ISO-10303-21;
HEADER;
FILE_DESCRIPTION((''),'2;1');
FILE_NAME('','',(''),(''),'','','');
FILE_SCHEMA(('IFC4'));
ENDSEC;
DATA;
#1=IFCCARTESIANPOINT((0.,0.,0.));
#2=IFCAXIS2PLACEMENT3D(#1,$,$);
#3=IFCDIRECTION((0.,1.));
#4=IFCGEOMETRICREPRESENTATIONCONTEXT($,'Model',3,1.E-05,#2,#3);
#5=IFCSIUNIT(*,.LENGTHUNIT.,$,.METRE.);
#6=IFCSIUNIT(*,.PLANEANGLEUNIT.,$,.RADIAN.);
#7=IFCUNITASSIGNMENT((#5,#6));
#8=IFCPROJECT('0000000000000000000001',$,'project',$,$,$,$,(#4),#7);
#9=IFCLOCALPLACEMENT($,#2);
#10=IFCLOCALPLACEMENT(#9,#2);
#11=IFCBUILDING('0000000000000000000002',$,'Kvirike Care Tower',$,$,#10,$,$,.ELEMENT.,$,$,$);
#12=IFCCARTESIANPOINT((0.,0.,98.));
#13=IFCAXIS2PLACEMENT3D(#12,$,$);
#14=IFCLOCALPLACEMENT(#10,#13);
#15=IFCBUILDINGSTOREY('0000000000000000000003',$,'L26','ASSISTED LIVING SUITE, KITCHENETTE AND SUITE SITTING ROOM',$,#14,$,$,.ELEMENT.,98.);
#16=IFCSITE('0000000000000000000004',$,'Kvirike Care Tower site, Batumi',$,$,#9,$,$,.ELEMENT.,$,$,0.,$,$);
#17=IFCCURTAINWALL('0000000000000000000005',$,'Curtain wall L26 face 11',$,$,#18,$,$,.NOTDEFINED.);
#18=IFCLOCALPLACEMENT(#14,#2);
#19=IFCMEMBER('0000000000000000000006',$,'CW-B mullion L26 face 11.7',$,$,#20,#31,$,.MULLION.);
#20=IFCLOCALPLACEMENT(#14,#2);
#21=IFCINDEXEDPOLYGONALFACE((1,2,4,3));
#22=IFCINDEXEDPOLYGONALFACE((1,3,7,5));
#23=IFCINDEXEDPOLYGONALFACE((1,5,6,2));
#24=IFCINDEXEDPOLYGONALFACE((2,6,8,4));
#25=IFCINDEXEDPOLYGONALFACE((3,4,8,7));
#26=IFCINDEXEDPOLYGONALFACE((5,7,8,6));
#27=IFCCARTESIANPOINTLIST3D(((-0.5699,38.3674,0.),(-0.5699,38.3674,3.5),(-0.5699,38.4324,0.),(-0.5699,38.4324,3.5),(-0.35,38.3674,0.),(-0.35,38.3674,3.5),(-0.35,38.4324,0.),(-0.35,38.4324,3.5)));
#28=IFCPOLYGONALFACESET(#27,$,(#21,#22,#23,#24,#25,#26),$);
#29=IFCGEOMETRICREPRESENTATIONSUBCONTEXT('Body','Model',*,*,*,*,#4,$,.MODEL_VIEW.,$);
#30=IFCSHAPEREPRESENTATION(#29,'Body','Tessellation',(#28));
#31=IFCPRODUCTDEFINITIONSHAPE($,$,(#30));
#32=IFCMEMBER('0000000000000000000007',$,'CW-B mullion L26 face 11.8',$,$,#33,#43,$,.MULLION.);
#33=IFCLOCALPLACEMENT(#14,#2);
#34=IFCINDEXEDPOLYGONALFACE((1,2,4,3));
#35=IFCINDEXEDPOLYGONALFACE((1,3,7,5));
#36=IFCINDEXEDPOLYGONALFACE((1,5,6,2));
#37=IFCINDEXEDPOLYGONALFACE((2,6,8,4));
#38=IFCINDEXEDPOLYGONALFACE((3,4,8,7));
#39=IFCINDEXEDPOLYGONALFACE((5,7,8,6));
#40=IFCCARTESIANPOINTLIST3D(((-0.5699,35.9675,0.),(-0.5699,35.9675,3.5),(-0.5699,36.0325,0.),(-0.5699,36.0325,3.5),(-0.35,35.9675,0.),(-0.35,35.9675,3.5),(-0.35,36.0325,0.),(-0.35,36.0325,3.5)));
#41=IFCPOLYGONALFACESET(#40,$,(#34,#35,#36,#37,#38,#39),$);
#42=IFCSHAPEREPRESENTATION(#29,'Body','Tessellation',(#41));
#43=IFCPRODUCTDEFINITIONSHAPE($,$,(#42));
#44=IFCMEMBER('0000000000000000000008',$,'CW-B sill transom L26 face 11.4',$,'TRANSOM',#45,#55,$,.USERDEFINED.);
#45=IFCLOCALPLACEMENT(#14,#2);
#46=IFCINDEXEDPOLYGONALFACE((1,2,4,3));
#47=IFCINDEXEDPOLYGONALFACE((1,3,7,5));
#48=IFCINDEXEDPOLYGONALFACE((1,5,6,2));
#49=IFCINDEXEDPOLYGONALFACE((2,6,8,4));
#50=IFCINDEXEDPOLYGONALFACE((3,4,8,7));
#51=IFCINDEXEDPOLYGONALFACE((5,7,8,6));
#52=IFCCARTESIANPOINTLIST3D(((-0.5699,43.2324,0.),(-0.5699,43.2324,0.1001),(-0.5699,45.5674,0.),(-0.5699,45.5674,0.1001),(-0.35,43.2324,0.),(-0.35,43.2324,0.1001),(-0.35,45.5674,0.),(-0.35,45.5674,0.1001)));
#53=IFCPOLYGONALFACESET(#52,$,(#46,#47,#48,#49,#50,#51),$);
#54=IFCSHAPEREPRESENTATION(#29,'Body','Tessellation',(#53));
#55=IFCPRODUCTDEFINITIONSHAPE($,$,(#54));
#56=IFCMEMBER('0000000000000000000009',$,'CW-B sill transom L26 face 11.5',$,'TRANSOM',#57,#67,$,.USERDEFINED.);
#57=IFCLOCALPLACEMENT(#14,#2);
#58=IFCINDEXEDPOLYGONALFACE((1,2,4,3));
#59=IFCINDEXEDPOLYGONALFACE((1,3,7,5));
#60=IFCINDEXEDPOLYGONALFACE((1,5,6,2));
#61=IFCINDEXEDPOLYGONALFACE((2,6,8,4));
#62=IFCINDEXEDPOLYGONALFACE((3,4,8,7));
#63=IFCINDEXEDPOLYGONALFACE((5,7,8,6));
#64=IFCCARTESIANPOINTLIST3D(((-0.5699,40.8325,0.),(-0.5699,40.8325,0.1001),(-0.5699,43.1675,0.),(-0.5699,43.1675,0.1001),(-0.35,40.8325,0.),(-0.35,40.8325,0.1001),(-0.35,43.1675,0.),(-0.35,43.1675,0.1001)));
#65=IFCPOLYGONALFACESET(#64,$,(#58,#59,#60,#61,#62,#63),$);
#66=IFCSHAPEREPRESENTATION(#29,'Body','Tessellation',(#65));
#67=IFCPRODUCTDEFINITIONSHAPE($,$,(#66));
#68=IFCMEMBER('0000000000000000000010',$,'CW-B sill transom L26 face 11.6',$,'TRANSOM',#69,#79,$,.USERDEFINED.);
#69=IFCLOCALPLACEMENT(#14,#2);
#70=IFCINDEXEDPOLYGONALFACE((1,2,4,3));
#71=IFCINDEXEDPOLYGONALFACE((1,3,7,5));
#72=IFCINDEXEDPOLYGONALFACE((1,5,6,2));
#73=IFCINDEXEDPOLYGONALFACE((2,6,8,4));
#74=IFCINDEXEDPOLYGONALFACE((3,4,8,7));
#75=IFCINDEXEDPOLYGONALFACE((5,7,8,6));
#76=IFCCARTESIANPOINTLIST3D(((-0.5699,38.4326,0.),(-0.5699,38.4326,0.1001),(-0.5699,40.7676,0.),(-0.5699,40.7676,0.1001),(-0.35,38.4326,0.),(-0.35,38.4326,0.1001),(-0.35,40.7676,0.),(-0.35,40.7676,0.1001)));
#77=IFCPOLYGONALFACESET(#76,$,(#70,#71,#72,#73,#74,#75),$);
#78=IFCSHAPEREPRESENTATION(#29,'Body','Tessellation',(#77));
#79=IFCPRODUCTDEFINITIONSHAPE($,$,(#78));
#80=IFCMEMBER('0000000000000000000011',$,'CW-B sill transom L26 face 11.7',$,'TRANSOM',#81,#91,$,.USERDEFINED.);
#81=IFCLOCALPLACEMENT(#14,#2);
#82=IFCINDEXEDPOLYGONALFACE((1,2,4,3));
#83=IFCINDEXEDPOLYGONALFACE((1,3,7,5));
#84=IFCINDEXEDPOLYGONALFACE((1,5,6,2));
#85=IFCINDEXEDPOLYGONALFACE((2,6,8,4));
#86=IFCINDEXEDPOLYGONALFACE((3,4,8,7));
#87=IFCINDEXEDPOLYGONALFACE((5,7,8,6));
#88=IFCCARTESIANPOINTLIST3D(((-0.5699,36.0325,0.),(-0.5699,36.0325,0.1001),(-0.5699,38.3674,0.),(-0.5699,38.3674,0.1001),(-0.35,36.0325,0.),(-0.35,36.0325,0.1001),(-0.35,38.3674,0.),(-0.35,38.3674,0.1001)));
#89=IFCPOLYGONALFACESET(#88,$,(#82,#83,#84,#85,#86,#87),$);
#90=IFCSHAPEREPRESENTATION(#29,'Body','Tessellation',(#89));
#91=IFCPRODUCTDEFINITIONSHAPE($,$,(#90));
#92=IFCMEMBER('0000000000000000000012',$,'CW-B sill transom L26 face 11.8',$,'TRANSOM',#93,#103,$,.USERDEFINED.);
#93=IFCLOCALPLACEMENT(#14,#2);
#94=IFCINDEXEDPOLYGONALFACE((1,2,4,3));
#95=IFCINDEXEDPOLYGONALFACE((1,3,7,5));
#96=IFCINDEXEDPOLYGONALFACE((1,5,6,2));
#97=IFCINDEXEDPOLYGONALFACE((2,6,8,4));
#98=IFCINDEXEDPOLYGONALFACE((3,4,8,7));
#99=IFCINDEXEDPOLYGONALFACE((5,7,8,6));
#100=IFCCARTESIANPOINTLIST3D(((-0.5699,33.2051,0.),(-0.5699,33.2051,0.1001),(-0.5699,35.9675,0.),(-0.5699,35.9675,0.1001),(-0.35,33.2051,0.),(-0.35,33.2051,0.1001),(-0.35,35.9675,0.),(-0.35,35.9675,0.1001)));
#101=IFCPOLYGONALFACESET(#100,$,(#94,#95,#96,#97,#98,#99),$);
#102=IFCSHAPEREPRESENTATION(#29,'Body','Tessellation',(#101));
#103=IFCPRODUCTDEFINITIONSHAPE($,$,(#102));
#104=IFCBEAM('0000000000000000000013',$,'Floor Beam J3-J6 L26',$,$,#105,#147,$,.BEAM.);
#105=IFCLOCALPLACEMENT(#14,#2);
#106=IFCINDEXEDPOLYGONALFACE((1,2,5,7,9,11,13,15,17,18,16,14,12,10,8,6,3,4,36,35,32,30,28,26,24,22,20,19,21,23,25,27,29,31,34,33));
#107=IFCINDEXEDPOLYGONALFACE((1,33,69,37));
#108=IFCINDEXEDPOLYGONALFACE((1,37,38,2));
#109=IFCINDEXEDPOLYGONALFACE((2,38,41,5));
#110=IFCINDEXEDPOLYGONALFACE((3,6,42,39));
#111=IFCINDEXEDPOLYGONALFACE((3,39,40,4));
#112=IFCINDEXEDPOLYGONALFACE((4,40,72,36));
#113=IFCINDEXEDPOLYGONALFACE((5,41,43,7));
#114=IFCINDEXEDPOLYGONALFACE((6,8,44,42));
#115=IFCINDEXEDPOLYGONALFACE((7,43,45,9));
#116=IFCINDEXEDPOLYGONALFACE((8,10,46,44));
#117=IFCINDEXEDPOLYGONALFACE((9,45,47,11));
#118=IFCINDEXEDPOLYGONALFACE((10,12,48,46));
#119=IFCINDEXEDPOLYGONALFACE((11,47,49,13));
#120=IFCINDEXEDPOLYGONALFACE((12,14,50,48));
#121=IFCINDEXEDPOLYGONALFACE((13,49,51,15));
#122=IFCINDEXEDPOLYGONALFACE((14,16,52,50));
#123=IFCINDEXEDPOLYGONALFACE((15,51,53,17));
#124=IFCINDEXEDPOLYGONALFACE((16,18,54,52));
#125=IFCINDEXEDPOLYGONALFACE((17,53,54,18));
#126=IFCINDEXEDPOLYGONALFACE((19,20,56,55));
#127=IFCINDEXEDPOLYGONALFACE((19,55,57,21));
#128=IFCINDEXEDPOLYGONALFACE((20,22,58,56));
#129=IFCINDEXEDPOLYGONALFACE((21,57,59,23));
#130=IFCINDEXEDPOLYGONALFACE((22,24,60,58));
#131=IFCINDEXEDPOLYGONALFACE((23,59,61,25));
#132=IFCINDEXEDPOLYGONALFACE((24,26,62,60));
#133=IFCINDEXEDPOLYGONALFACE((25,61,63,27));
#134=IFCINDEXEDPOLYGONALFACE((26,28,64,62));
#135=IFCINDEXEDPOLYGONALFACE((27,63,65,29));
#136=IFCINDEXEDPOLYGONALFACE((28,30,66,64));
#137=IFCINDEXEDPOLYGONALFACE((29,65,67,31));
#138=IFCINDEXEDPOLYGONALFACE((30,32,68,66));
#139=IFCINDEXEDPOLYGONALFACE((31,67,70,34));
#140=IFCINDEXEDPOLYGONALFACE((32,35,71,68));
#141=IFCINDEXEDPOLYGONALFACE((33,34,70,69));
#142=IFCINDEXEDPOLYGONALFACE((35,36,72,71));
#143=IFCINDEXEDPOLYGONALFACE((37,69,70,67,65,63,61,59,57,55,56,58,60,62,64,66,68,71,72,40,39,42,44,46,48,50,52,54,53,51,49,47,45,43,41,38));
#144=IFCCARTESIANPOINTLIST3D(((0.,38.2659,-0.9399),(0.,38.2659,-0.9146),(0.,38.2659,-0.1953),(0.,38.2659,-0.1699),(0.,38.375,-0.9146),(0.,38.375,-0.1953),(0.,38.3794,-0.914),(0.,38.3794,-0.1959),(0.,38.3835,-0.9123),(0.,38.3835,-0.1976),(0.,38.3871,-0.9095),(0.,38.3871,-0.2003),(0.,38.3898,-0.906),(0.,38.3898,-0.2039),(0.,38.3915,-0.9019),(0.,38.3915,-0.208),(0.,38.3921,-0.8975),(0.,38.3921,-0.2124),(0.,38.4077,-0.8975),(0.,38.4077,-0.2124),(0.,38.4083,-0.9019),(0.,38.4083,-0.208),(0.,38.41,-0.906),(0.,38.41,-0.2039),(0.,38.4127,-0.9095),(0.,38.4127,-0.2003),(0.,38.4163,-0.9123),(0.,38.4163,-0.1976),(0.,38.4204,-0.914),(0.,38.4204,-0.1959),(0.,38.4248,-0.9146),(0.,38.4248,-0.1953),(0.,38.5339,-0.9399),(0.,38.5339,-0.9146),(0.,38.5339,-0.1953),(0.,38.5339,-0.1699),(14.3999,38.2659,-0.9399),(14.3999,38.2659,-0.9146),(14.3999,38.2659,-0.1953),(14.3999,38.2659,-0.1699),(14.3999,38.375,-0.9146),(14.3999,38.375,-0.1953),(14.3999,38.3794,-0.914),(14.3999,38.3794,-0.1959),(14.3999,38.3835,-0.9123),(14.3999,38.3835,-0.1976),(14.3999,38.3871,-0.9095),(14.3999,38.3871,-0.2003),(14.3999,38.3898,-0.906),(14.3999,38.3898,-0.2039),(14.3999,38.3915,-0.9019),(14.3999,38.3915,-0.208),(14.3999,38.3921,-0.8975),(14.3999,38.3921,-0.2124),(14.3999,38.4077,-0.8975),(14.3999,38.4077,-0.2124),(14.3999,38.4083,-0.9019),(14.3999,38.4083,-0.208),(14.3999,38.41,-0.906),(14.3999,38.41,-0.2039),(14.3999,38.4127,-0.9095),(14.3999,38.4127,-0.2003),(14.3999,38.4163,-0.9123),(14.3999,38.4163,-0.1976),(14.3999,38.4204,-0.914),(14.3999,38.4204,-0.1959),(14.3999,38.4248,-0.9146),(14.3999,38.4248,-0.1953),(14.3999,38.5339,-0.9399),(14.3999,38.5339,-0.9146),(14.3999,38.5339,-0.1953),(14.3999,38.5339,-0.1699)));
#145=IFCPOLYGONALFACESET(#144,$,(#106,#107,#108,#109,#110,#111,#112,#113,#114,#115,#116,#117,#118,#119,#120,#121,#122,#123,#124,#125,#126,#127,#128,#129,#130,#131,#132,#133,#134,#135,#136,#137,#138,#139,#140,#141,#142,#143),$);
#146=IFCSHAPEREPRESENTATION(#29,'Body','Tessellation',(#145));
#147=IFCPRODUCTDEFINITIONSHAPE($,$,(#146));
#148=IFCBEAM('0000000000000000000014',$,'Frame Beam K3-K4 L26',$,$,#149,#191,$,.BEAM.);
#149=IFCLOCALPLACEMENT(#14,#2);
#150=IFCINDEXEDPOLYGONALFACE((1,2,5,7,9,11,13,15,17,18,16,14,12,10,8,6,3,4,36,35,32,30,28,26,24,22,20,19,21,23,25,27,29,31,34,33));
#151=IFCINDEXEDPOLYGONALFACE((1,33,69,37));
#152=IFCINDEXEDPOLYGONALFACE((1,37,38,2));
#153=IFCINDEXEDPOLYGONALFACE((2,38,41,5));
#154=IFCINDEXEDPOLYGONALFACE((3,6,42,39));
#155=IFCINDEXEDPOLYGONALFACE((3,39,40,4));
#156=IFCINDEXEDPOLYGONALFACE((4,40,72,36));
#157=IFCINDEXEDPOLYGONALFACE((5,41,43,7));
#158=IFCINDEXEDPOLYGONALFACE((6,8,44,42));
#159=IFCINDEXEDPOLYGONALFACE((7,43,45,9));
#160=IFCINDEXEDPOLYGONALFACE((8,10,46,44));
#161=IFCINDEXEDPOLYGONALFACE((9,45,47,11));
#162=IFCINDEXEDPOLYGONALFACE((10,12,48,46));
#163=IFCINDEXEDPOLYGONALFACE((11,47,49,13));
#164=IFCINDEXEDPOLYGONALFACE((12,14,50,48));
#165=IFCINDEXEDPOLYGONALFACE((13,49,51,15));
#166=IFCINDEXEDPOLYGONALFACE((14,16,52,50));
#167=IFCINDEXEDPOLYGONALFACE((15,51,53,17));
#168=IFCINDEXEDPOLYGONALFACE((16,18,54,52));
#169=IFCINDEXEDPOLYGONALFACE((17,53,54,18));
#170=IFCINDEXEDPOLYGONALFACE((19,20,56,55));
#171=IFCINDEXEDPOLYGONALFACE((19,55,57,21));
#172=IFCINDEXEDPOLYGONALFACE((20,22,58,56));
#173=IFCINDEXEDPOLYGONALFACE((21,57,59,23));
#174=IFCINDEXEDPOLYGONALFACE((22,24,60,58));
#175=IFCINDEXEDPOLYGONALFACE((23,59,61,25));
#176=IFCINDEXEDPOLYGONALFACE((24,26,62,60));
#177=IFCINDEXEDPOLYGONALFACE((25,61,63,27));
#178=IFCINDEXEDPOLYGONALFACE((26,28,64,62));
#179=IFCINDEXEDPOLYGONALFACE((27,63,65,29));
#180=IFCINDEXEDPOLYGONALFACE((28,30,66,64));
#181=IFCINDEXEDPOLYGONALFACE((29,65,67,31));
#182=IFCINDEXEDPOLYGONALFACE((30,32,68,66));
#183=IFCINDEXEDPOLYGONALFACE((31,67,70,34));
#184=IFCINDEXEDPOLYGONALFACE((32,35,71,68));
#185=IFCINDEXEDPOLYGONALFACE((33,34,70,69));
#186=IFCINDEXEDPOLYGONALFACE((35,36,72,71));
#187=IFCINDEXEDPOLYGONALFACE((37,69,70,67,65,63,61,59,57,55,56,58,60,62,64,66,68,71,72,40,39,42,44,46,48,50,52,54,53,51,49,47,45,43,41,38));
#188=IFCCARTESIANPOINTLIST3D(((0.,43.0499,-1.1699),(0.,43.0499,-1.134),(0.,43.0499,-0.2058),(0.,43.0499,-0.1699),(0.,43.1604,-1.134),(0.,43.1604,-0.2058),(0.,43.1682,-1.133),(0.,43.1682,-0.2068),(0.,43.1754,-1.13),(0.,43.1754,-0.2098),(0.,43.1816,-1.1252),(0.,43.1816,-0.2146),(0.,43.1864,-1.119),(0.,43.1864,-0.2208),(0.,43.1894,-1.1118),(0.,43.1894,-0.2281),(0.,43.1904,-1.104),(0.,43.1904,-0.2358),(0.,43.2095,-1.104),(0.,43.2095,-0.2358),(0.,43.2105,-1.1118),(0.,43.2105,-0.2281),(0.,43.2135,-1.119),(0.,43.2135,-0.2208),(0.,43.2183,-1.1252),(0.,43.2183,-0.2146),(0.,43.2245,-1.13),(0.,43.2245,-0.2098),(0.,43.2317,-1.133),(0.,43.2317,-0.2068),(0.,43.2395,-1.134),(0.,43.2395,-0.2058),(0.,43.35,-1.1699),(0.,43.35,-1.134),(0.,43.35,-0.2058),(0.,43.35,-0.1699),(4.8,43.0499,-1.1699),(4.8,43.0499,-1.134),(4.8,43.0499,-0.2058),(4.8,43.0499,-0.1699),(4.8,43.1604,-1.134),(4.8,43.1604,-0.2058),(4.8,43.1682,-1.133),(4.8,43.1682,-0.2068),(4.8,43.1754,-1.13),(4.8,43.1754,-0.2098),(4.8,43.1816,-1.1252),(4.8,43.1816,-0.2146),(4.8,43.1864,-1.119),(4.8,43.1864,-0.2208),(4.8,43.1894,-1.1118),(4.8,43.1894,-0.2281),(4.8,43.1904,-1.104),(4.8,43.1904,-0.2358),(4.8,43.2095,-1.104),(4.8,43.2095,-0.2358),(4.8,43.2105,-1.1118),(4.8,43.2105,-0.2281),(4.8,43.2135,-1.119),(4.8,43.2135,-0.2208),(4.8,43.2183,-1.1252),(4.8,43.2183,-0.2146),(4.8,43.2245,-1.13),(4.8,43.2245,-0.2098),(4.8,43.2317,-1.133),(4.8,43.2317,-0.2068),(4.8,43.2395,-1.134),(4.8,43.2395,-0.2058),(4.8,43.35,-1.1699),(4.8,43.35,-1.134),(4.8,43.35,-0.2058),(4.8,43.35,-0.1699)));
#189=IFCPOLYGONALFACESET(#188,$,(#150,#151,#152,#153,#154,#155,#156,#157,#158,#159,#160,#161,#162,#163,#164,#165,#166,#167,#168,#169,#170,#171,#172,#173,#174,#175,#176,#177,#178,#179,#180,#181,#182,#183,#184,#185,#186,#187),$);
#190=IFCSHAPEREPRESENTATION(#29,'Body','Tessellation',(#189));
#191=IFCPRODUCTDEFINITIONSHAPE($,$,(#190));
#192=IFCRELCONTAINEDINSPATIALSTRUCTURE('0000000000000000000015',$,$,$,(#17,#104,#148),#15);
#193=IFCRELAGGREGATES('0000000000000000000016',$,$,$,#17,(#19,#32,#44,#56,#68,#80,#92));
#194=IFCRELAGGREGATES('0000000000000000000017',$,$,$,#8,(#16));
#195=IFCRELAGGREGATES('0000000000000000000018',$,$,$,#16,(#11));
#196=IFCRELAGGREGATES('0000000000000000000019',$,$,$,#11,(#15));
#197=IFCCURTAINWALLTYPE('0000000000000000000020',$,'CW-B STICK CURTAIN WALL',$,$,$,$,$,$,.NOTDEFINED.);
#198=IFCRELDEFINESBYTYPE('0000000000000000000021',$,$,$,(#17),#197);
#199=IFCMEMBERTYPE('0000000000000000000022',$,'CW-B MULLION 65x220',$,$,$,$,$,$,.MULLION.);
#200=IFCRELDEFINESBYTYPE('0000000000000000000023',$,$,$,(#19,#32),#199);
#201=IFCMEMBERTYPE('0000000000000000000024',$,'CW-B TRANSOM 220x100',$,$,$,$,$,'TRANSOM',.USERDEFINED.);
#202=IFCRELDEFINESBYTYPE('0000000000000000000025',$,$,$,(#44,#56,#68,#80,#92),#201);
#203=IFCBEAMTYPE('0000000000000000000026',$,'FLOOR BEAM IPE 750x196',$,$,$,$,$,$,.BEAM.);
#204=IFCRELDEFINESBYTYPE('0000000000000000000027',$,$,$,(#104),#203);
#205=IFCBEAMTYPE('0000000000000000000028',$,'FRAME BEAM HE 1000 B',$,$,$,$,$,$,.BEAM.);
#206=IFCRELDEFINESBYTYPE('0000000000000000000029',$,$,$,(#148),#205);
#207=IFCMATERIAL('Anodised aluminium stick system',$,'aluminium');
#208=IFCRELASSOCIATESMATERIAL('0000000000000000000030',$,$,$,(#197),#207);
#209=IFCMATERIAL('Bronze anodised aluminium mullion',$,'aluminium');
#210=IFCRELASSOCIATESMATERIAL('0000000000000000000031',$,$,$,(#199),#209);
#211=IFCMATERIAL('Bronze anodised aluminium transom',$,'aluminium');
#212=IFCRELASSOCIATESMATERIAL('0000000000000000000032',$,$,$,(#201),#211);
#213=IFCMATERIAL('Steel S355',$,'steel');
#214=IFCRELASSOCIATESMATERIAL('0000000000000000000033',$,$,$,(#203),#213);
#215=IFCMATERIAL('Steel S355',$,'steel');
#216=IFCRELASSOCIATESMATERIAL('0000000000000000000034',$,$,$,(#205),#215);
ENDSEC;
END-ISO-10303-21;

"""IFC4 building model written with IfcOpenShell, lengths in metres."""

from ifc_helpers import new_model, si_unit, direction, frame, origin, origin_2d, place, context, subcontext, project, spatial, rectangle, i_section, extrude, material, material_profile, profile_set, type_object, element, aggregate, save


model = new_model("IFC4")

# Units and contexts
model_context = context("Model", 3, precision=1e-05, world=origin(), true_north=direction((0.0, 1.0)))
body_context = subcontext(model_context, "Body", "Model", "MODEL_VIEW")
ifc_project = project(units=[si_unit("LENGTHUNIT", "METRE"), si_unit("PLANEANGLEUNIT", "RADIAN")], contexts=[model_context])

# Site, building, storey
site_placement = place(None, origin())
site = spatial("IfcSite", under=ifc_project, at=site_placement, Name="Kvirike Care Tower site, Batumi", CompositionType="ELEMENT", RefElevation=0.0)
building_placement = place(site_placement, origin())
building = spatial("IfcBuilding", under=site, at=building_placement, Name="Kvirike Care Tower", CompositionType="ELEMENT")
storey_placement = place(building_placement, frame((0.0, 0.0, 98.0)))
storey = spatial("IfcBuildingStorey", under=building, at=storey_placement, Name="L26", Description="ASSISTED LIVING SUITE, KITCHENETTE AND SUITE SITTING ROOM", CompositionType="ELEMENT", Elevation=98.0)

# Curtain wall, members
ifc_material_1 = material(Name="Anodised aluminium stick system", Category="aluminium")
curtain_wall_type = type_object("IfcCurtainWallType", Name="CW-B STICK CURTAIN WALL", PredefinedType="NOTDEFINED", material=ifc_material_1)
curtain_wall_placement = place(storey_placement, origin())
curtain_wall = element("IfcCurtainWall", 1, at=curtain_wall_placement, inside=storey, type_object=curtain_wall_type, Name="Curtain wall L26 face 11", PredefinedType="NOTDEFINED")
ifc_material_2 = material(Name="Bronze anodised aluminium mullion", Category="aluminium")
ifc_material_profile_1 = material_profile(ifc_material_2, rectangle(XDim=0.0649, YDim=0.22, at=origin_2d()), Name="CW-B MULLION 65x220")
ifc_profile_set_1 = profile_set([ifc_material_profile_1], Name="Bronze anodised aluminium mullion")
member_type_1 = type_object("IfcMemberType", Name="CW-B MULLION 65x220", PredefinedType="MULLION", material=ifc_profile_set_1)
member_1_placement = place(storey_placement, frame((-0.46, 38.3999, 0.0), z_axis=(0.0, 0.0, 1.0), x_axis=(0.0, -1.0, 0.0)))
member_1 = element("IfcMember", 2, at=member_1_placement, type_object=member_type_1, Name="CW-B mullion L26 face 11.7", PredefinedType="MULLION", context=body_context, shape_type="SweptSolid", body=[
    extrude(rectangle(XDim=0.0649, YDim=0.22, at=origin_2d()), origin(), (0.0, 0.0, 1.0), 3.5),
])
member_2_placement = place(storey_placement, frame((-0.46, 36.0, 0.0), z_axis=(0.0, 0.0, 1.0), x_axis=(0.0, -1.0, 0.0)))
member_2 = element("IfcMember", 3, at=member_2_placement, type_object=member_type_1, Name="CW-B mullion L26 face 11.8", PredefinedType="MULLION", context=body_context, shape_type="SweptSolid", body=[
    extrude(rectangle(XDim=0.0649, YDim=0.22, at=origin_2d()), origin(), (0.0, 0.0, 1.0), 3.5),
])
ifc_material_3 = material(Name="Bronze anodised aluminium transom", Category="aluminium")
ifc_material_profile_2 = material_profile(ifc_material_3, rectangle(XDim=0.22, YDim=0.1001, at=origin_2d()), Name="CW-B TRANSOM 220x100")
ifc_profile_set_2 = profile_set([ifc_material_profile_2], Name="Bronze anodised aluminium transom")
member_type_2 = type_object("IfcMemberType", Name="CW-B TRANSOM 220x100", ElementType="TRANSOM", PredefinedType="USERDEFINED", material=ifc_profile_set_2)
member_3_placement = place(storey_placement, frame((-0.46, 45.5674, 0.05), z_axis=(0.0, -1.0, 0.0), x_axis=(1.0, 0.0, 0.0)))
member_3 = element("IfcMember", 4, at=member_3_placement, type_object=member_type_2, Name="CW-B sill transom L26 face 11.4", ObjectType="TRANSOM", PredefinedType="USERDEFINED", context=body_context, shape_type="SweptSolid", body=[
    extrude(rectangle(XDim=0.22, YDim=0.1001, at=origin_2d()), origin(), (0.0, 0.0, 1.0), 2.335),
])
member_4_placement = place(storey_placement, frame((-0.46, 43.1675, 0.05), z_axis=(0.0, -1.0, 0.0), x_axis=(1.0, 0.0, 0.0)))
member_4 = element("IfcMember", 5, at=member_4_placement, type_object=member_type_2, Name="CW-B sill transom L26 face 11.5", ObjectType="TRANSOM", PredefinedType="USERDEFINED", context=body_context, shape_type="SweptSolid", body=[
    extrude(rectangle(XDim=0.22, YDim=0.1001, at=origin_2d()), origin(), (0.0, 0.0, 1.0), 2.335),
])
member_5_placement = place(storey_placement, frame((-0.46, 40.7676, 0.05), z_axis=(0.0, -1.0, 0.0), x_axis=(1.0, 0.0, 0.0)))
member_5 = element("IfcMember", 6, at=member_5_placement, type_object=member_type_2, Name="CW-B sill transom L26 face 11.6", ObjectType="TRANSOM", PredefinedType="USERDEFINED", context=body_context, shape_type="SweptSolid", body=[
    extrude(rectangle(XDim=0.22, YDim=0.1001, at=origin_2d()), origin(), (0.0, 0.0, 1.0), 2.335),
])
member_6_placement = place(storey_placement, frame((-0.46, 38.3674, 0.05), z_axis=(0.0, -1.0, 0.0), x_axis=(1.0, 0.0, 0.0)))
member_6 = element("IfcMember", 7, at=member_6_placement, type_object=member_type_2, Name="CW-B sill transom L26 face 11.7", ObjectType="TRANSOM", PredefinedType="USERDEFINED", context=body_context, shape_type="SweptSolid", body=[
    extrude(rectangle(XDim=0.22, YDim=0.1001, at=origin_2d()), origin(), (0.0, 0.0, 1.0), 2.335),
])
member_7_placement = place(storey_placement, frame((-0.46, 35.9675, 0.05), z_axis=(0.0, -1.0, 0.0), x_axis=(1.0, 0.0, 0.0)))
member_7 = element("IfcMember", 8, at=member_7_placement, type_object=member_type_2, Name="CW-B sill transom L26 face 11.8", ObjectType="TRANSOM", PredefinedType="USERDEFINED", context=body_context, shape_type="SweptSolid", body=[
    extrude(rectangle(XDim=0.22, YDim=0.1001, at=origin_2d()), origin(), (0.0, 0.0, 1.0), 2.7625),
])

# Beams
ifc_material_4 = material(Name="Steel S355", Category="steel")
ifc_material_profile_3 = material_profile(ifc_material_4, i_section(OverallWidth=0.2681, OverallDepth=0.77, WebThickness=0.0156, FlangeThickness=0.0254, FilletRadius=0.0171, at=origin_2d()), Name="IPE 750x196")
ifc_profile_set_3 = profile_set([ifc_material_profile_3], Name="Steel S355")
beam_type_1 = type_object("IfcBeamType", Name="FLOOR BEAM IPE 750x196", PredefinedType="BEAM", material=ifc_profile_set_3)
beam_1_placement = place(storey_placement, frame((0.0, 38.3999, -0.5549), z_axis=(1.0, 0.0, 0.0), x_axis=(0.0, 1.0, 0.0)))
element("IfcBeam", 9, at=beam_1_placement, inside=storey, type_object=beam_type_1, Name="Floor Beam J3-J6 L26", PredefinedType="BEAM", context=body_context, shape_type="SweptSolid", body=[
    extrude(i_section(OverallWidth=0.2681, OverallDepth=0.77, WebThickness=0.0156, FlangeThickness=0.0254, FilletRadius=0.0171, at=origin_2d()), origin(), (0.0, 0.0, 1.0), 14.3999),
])
ifc_material_5 = material(Name="Steel S355", Category="steel")
ifc_material_profile_4 = material_profile(ifc_material_5, i_section(OverallWidth=0.3, OverallDepth=1.0, WebThickness=0.019, FlangeThickness=0.0359, FilletRadius=0.03, at=origin_2d()), Name="HE 1000 B")
ifc_profile_set_4 = profile_set([ifc_material_profile_4], Name="Steel S355")
beam_type_2 = type_object("IfcBeamType", Name="FRAME BEAM HE 1000 B", PredefinedType="BEAM", material=ifc_profile_set_4)
for number, where, z_axis, x_axis, name in (
    (10, (0.0, 43.2, -0.6699), (1.0, 0.0, 0.0), (0.0, 1.0, 0.0), "Frame Beam K3-K4 L26"),
):
    element("IfcBeam", number, at=place(storey_placement, frame(where, z_axis=z_axis, x_axis=x_axis)), inside=storey, type_object=beam_type_2, Name=name, PredefinedType="BEAM", context=body_context, shape_type="SweptSolid", body=[
        extrude(i_section(OverallWidth=0.3, OverallDepth=1.0, WebThickness=0.019, FlangeThickness=0.0359, FilletRadius=0.03, at=origin_2d()), origin(), (0.0, 0.0, 1.0), 4.8),
    ])

aggregate(curtain_wall, [member_1, member_2, member_3, member_4, member_5, member_6, member_7])

save(model, "model.ifc")
